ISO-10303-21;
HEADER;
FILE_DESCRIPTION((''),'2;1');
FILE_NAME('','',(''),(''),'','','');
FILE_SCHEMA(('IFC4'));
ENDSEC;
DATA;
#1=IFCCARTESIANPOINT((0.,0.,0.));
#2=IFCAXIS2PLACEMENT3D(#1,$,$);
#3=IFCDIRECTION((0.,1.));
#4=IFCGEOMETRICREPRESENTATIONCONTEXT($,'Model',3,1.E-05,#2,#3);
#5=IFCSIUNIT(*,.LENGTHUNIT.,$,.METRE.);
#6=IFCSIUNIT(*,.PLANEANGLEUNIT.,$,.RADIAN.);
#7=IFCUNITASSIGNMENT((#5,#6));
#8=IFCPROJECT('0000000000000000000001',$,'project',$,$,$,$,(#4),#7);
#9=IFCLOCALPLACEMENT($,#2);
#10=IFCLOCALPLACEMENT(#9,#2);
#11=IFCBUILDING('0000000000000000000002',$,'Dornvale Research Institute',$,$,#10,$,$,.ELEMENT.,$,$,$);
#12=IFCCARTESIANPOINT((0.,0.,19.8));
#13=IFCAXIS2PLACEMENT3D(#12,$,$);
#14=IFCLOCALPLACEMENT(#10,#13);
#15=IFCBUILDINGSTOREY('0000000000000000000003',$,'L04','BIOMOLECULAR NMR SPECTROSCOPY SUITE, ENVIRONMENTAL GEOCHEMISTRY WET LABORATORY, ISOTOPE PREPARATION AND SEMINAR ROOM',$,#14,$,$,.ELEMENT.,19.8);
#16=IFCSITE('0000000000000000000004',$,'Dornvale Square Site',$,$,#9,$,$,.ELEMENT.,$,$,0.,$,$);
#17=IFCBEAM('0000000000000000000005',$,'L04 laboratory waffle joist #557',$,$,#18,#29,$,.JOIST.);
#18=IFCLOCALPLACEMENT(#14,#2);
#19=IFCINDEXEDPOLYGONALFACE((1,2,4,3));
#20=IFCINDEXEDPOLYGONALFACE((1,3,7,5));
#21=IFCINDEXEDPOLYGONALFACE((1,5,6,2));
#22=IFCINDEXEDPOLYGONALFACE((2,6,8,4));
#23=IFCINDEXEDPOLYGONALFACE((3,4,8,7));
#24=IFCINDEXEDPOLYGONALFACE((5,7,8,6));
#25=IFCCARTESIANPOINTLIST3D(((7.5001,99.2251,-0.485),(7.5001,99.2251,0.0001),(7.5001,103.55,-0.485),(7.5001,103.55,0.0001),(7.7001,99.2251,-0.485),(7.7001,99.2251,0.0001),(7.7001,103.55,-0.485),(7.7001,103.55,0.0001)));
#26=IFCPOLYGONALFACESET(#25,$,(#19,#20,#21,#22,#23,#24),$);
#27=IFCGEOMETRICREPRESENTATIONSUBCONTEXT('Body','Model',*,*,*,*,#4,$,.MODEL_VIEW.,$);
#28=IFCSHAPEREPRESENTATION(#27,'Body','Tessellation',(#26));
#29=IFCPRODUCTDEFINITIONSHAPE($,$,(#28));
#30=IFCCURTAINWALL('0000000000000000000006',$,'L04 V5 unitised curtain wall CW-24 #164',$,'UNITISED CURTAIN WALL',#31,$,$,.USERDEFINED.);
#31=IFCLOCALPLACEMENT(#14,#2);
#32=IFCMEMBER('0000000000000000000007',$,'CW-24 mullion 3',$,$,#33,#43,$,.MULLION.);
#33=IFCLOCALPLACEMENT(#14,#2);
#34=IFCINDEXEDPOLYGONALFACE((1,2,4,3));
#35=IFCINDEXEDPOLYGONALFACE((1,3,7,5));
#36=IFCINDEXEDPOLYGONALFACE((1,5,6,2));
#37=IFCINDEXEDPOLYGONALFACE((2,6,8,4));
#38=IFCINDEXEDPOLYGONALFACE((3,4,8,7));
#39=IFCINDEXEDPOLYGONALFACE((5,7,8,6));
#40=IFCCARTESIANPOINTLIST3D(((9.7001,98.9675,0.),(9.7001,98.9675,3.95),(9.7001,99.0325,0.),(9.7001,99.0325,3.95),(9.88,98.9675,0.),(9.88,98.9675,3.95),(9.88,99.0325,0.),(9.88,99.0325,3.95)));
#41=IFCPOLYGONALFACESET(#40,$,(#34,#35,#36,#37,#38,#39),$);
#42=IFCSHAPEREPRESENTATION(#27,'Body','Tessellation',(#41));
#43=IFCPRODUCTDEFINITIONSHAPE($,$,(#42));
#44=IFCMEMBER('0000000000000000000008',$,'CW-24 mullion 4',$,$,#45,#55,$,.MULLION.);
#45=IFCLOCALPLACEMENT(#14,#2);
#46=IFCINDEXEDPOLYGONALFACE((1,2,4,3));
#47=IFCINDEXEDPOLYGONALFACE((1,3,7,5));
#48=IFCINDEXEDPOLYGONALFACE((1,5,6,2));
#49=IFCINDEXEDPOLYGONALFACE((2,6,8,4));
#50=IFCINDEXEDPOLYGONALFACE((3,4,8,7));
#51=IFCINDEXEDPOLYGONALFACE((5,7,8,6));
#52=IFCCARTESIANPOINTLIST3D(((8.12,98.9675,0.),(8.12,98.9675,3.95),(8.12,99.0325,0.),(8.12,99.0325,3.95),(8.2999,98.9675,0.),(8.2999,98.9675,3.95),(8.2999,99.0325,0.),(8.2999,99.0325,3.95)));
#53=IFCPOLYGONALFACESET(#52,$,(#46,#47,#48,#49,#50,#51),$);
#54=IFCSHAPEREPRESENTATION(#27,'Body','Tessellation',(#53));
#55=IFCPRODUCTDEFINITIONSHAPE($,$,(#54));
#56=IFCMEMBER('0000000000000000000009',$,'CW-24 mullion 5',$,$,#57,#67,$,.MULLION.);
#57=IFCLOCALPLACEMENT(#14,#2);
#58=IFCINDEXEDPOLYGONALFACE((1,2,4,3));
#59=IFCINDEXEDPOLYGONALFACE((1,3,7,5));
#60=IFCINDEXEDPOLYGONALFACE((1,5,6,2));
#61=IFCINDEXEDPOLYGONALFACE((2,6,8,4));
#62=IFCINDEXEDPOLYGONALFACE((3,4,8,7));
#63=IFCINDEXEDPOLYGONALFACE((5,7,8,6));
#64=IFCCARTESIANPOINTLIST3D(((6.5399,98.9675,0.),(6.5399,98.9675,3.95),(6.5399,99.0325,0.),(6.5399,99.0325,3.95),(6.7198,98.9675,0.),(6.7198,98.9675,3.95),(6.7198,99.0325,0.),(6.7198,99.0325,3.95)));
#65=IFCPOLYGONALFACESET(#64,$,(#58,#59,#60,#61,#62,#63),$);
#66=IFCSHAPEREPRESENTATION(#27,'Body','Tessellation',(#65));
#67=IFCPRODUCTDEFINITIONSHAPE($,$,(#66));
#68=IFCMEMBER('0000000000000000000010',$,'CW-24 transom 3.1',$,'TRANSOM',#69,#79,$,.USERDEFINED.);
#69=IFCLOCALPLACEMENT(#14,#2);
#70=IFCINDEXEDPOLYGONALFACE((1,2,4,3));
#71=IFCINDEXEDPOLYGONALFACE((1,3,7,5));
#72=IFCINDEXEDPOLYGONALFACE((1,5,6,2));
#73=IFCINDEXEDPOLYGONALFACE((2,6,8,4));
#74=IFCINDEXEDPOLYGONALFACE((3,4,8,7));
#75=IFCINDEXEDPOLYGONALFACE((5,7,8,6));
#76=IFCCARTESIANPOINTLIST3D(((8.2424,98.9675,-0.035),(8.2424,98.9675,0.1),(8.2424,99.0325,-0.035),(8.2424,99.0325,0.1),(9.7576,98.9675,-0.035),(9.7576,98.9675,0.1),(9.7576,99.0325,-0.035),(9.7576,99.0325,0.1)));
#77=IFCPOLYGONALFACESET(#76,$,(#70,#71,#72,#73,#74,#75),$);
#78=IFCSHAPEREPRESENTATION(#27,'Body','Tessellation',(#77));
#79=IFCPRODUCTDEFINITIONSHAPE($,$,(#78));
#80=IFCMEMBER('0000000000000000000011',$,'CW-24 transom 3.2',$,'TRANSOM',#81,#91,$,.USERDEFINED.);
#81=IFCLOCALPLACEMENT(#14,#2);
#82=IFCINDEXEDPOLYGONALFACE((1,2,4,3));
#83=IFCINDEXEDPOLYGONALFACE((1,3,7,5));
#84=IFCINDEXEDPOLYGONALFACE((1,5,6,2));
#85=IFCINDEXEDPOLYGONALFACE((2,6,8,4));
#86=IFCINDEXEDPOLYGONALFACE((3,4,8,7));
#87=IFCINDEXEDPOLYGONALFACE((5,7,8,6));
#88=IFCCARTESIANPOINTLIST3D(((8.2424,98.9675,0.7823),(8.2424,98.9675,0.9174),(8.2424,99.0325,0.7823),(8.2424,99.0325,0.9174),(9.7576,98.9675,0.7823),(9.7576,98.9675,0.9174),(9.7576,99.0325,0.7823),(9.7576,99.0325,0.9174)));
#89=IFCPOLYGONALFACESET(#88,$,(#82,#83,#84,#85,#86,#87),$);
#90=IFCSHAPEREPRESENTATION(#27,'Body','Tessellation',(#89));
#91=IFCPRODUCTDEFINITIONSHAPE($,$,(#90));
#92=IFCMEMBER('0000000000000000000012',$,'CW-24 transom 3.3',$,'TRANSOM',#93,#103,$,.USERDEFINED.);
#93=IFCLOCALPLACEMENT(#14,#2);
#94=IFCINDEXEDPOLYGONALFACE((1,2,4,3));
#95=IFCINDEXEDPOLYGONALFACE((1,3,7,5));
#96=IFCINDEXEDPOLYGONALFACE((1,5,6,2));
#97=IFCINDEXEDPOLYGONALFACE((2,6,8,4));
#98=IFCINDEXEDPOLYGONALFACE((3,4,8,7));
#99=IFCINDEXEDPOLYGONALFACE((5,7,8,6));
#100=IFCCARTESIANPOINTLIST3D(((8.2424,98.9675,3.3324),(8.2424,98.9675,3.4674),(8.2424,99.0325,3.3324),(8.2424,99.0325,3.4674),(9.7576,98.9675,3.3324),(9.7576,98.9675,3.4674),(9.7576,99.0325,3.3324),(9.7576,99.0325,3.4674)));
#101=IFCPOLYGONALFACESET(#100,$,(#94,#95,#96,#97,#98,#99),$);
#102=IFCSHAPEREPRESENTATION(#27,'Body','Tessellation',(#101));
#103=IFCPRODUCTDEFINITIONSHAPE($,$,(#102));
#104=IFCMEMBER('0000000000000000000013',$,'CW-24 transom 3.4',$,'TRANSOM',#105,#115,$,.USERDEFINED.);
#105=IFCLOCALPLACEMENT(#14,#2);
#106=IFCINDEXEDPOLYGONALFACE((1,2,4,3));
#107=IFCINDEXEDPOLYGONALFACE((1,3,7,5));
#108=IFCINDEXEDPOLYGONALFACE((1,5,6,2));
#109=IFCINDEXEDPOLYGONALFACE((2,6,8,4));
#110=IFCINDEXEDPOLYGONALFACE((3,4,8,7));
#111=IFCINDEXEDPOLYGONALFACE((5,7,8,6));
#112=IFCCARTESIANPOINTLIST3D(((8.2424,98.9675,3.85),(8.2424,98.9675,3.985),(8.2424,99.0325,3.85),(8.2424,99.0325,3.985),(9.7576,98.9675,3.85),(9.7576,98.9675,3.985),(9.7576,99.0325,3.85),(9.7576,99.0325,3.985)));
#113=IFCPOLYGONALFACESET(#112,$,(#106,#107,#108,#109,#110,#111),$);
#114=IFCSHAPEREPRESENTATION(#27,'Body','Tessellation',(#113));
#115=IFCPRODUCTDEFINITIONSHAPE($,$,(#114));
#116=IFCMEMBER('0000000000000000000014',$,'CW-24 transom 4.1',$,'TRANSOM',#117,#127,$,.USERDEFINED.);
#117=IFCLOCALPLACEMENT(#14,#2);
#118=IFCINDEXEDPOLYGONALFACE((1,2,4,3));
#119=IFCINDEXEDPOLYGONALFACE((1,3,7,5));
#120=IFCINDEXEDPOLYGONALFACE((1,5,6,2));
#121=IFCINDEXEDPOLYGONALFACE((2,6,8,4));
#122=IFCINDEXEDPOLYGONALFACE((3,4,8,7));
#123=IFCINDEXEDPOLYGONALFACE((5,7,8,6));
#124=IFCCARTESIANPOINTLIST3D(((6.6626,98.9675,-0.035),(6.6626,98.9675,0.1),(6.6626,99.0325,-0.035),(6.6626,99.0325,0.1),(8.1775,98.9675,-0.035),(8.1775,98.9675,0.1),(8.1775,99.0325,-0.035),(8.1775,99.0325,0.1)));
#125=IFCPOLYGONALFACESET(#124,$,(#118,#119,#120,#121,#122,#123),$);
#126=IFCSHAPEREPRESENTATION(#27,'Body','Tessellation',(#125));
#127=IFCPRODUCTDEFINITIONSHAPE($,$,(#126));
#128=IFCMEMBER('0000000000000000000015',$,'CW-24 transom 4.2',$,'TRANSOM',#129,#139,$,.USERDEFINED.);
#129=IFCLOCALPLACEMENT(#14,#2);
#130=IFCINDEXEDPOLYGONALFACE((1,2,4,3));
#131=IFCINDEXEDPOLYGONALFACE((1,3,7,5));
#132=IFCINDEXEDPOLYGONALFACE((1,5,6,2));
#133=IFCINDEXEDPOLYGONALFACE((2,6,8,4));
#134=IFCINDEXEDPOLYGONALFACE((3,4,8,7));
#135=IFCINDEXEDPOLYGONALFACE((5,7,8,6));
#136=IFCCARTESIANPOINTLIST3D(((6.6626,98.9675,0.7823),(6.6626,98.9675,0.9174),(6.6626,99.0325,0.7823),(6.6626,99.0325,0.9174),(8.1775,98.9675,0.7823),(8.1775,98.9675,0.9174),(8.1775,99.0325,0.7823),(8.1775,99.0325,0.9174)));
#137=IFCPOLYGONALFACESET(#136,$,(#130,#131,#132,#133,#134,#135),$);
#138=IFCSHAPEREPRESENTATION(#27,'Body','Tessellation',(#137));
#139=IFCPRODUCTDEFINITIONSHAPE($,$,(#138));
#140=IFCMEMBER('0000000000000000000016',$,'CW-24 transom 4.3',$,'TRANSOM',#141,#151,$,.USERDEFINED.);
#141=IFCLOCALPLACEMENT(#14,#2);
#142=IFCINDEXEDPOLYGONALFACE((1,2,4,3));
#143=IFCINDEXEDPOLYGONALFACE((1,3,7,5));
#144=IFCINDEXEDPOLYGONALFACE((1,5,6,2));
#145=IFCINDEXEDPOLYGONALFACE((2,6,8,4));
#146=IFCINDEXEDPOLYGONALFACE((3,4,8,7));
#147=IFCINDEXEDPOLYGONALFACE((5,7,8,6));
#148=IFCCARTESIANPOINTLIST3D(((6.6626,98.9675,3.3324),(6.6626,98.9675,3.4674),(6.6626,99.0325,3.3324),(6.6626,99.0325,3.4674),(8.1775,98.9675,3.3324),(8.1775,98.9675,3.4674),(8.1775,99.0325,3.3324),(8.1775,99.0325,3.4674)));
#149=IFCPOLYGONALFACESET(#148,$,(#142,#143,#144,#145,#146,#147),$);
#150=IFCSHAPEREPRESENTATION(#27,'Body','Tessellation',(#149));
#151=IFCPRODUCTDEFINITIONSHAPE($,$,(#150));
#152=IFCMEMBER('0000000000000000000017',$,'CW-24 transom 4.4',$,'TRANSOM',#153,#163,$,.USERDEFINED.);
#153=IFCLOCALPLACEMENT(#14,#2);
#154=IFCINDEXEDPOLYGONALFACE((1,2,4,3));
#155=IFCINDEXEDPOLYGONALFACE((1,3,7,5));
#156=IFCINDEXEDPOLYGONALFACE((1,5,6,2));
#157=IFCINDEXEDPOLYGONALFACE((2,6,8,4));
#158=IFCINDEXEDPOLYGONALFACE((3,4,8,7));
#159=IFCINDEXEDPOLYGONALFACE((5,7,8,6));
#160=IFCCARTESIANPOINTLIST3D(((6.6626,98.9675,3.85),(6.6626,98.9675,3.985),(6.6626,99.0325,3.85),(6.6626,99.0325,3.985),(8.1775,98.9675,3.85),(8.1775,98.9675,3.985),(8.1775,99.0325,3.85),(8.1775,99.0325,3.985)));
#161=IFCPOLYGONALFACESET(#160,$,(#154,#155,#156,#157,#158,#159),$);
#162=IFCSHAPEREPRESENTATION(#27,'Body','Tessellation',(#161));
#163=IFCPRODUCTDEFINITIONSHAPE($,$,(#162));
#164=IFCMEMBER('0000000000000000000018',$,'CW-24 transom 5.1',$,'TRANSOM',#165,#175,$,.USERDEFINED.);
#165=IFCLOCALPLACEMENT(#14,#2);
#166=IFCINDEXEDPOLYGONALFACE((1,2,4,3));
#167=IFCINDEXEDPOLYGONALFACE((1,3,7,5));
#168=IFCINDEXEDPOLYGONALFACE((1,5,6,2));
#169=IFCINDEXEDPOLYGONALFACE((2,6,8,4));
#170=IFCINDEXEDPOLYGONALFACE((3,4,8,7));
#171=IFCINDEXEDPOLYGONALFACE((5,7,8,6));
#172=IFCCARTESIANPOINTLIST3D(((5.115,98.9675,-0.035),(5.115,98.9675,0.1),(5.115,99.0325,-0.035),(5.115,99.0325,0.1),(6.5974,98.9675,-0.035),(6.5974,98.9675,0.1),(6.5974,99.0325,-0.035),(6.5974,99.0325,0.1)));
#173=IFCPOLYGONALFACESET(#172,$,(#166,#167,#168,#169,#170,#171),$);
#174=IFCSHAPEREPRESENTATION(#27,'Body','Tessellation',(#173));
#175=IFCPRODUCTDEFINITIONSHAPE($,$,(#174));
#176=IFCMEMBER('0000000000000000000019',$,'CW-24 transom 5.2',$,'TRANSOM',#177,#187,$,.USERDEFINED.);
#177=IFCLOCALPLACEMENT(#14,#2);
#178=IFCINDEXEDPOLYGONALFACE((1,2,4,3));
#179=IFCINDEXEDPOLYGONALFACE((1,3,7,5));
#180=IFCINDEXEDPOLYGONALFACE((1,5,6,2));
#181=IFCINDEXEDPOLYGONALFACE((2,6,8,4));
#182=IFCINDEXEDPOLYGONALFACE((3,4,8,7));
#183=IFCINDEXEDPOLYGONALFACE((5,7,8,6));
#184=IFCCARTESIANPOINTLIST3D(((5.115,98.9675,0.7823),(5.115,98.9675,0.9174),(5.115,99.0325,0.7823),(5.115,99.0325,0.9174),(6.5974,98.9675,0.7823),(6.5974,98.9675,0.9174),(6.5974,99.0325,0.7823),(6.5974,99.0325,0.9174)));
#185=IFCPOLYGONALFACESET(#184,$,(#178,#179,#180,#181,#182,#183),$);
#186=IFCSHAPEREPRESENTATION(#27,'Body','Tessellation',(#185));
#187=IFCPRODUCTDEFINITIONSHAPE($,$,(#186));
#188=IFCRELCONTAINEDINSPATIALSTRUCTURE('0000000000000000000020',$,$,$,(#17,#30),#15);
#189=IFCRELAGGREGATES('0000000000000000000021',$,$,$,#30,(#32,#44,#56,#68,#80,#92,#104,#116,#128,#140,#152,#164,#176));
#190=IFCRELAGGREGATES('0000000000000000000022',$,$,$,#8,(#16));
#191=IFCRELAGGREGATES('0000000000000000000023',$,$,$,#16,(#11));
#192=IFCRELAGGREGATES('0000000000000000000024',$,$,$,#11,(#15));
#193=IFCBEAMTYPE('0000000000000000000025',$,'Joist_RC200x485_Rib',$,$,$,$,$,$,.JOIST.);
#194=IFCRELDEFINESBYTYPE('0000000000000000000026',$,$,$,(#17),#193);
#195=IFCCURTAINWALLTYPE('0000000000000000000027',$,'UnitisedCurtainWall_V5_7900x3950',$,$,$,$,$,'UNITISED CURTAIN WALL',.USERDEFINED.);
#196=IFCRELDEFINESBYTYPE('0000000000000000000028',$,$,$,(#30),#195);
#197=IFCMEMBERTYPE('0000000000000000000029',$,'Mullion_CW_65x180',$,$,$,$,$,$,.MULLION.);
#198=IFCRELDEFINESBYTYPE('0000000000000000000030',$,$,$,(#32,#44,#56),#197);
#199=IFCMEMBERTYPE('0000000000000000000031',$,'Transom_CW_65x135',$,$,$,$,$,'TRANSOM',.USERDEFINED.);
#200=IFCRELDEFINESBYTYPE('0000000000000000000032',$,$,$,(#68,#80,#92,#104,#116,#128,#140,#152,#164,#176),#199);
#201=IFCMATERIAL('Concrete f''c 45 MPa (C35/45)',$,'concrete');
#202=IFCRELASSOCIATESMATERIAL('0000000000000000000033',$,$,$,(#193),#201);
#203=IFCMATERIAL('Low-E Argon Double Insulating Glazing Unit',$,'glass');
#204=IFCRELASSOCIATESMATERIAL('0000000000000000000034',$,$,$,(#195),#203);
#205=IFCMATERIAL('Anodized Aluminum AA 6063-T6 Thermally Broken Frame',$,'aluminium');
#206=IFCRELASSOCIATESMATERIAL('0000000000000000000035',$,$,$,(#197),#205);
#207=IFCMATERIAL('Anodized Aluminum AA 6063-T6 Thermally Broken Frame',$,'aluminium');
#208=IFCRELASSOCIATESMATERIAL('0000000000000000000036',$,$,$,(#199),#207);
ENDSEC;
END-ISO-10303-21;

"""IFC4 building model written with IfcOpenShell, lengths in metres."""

from ifc_helpers import new_model, si_unit, direction, frame, origin, origin_2d, place, context, subcontext, project, spatial, rectangle, extrude, material, material_profile, profile_set, type_object, element, aggregate, save


model = new_model("IFC4")

# Units and contexts
model_context = context("Model", 3, precision=1e-05, world=origin(), true_north=direction((0.0, 1.0)))
body_context = subcontext(model_context, "Body", "Model", "MODEL_VIEW")
ifc_project = project(units=[si_unit("LENGTHUNIT", "METRE"), si_unit("PLANEANGLEUNIT", "RADIAN")], contexts=[model_context])

# Site, building, storey
site_placement = place(None, origin())
site = spatial("IfcSite", under=ifc_project, at=site_placement, Name="Dornvale Square Site", CompositionType="ELEMENT", RefElevation=0.0)
building_placement = place(site_placement, origin())
building = spatial("IfcBuilding", under=site, at=building_placement, Name="Dornvale Research Institute", CompositionType="ELEMENT")
storey_placement = place(building_placement, frame((0.0, 0.0, 19.8)))
storey = spatial("IfcBuildingStorey", under=building, at=storey_placement, Name="L04", Description="BIOMOLECULAR NMR SPECTROSCOPY SUITE, ENVIRONMENTAL GEOCHEMISTRY WET LABORATORY, ISOTOPE PREPARATION AND SEMINAR ROOM", CompositionType="ELEMENT", Elevation=19.8)

# Beam
ifc_material_1 = material(Name="Concrete f'c 45 MPa (C35/45)", Category="concrete")
ifc_material_profile_1 = material_profile(ifc_material_1, rectangle(XDim=0.2, YDim=0.4851, at=origin_2d()), Name="RC 200x485")
ifc_profile_set_1 = profile_set([ifc_material_profile_1], Name="Concrete f'c 45 MPa (C35/45)")
beam_type = type_object("IfcBeamType", Name="Joist_RC200x485_Rib", PredefinedType="JOIST", material=ifc_profile_set_1)
beam_placement = place(storey_placement, frame((7.6001, 99.2251, -0.2424), z_axis=(0.0, 1.0, 0.0), x_axis=(-1.0, 0.0, 0.0)))
element("IfcBeam", 1, at=beam_placement, inside=storey, type_object=beam_type, Name="L04 laboratory waffle joist #557", PredefinedType="JOIST", context=body_context, shape_type="SweptSolid", body=[
    extrude(rectangle(XDim=0.2, YDim=0.4851, at=origin_2d()), origin(), (0.0, 0.0, 1.0), 4.325),
])

# Curtain wall, members
ifc_material_2 = material(Name="Low-E Argon Double Insulating Glazing Unit", Category="glass")
curtain_wall_type = type_object("IfcCurtainWallType", Name="UnitisedCurtainWall_V5_7900x3950", ElementType="UNITISED CURTAIN WALL", PredefinedType="USERDEFINED", material=ifc_material_2)
curtain_wall_placement = place(storey_placement, origin())
curtain_wall = element("IfcCurtainWall", 2, at=curtain_wall_placement, inside=storey, type_object=curtain_wall_type, Name="L04 V5 unitised curtain wall CW-24 #164", ObjectType="UNITISED CURTAIN WALL", PredefinedType="USERDEFINED")
ifc_material_3 = material(Name="Anodized Aluminum AA 6063-T6 Thermally Broken Frame", Category="aluminium")
ifc_material_profile_2 = material_profile(ifc_material_3, rectangle(XDim=0.0649, YDim=0.1799, at=origin_2d()), Name="ALU MULLION 65x180")
ifc_profile_set_2 = profile_set([ifc_material_profile_2], Name="Anodized Aluminum AA 6063-T6 Thermally Broken Frame")
member_type_1 = type_object("IfcMemberType", Name="Mullion_CW_65x180", PredefinedType="MULLION", material=ifc_profile_set_2)
member_1_placement = place(storey_placement, frame((9.79, 99.0, 0.0), z_axis=(0.0, 0.0, 1.0), x_axis=(0.0, -1.0, 0.0)))
member_1 = element("IfcMember", 3, at=member_1_placement, type_object=member_type_1, Name="CW-24 mullion 3", PredefinedType="MULLION", context=body_context, shape_type="SweptSolid", body=[
    extrude(rectangle(XDim=0.0649, YDim=0.1799, at=origin_2d()), origin(), (0.0, 0.0, 1.0), 3.95),
])
member_2_placement = place(storey_placement, frame((8.21, 99.0, 0.0), z_axis=(0.0, 0.0, 1.0), x_axis=(0.0, -1.0, 0.0)))
member_2 = element("IfcMember", 4, at=member_2_placement, type_object=member_type_1, Name="CW-24 mullion 4", PredefinedType="MULLION", context=body_context, shape_type="SweptSolid", body=[
    extrude(rectangle(XDim=0.0649, YDim=0.1799, at=origin_2d()), origin(), (0.0, 0.0, 1.0), 3.95),
])
member_3_placement = place(storey_placement, frame((6.6299, 99.0, 0.0), z_axis=(0.0, 0.0, 1.0), x_axis=(0.0, -1.0, 0.0)))
member_3 = element("IfcMember", 5, at=member_3_placement, type_object=member_type_1, Name="CW-24 mullion 5", PredefinedType="MULLION", context=body_context, shape_type="SweptSolid", body=[
    extrude(rectangle(XDim=0.0649, YDim=0.1799, at=origin_2d()), origin(), (0.0, 0.0, 1.0), 3.95),
])
ifc_material_4 = material(Name="Anodized Aluminum AA 6063-T6 Thermally Broken Frame", Category="aluminium")
ifc_material_profile_3 = material_profile(ifc_material_4, rectangle(XDim=0.0649, YDim=0.135, at=origin_2d()), Name="ALU TRANSOM 65x135")
ifc_profile_set_3 = profile_set([ifc_material_profile_3], Name="Anodized Aluminum AA 6063-T6 Thermally Broken Frame")
member_type_2 = type_object("IfcMemberType", Name="Transom_CW_65x135", ElementType="TRANSOM", PredefinedType="USERDEFINED", material=ifc_profile_set_3)
member_4_placement = place(storey_placement, frame((9.7576, 99.0, 0.0325), z_axis=(-1.0, 0.0, 0.0), x_axis=(0.0, -1.0, 0.0)))
member_4 = element("IfcMember", 6, at=member_4_placement, type_object=member_type_2, Name="CW-24 transom 3.1", ObjectType="TRANSOM", PredefinedType="USERDEFINED", context=body_context, shape_type="SweptSolid", body=[
    extrude(rectangle(XDim=0.0649, YDim=0.135, at=origin_2d()), origin(), (0.0, 0.0, 1.0), 1.5151),
])
member_5_placement = place(storey_placement, frame((9.7576, 99.0, 0.8499), z_axis=(-1.0, 0.0, 0.0), x_axis=(0.0, -1.0, 0.0)))
member_5 = element("IfcMember", 7, at=member_5_placement, type_object=member_type_2, Name="CW-24 transom 3.2", ObjectType="TRANSOM", PredefinedType="USERDEFINED", context=body_context, shape_type="SweptSolid", body=[
    extrude(rectangle(XDim=0.0649, YDim=0.135, at=origin_2d()), origin(), (0.0, 0.0, 1.0), 1.5151),
])
member_6_placement = place(storey_placement, frame((9.7576, 99.0, 3.3999), z_axis=(-1.0, 0.0, 0.0), x_axis=(0.0, -1.0, 0.0)))
member_6 = element("IfcMember", 8, at=member_6_placement, type_object=member_type_2, Name="CW-24 transom 3.3", ObjectType="TRANSOM", PredefinedType="USERDEFINED", context=body_context, shape_type="SweptSolid", body=[
    extrude(rectangle(XDim=0.0649, YDim=0.135, at=origin_2d()), origin(), (0.0, 0.0, 1.0), 1.5151),
])
member_7_placement = place(storey_placement, frame((9.7576, 99.0, 3.9175), z_axis=(-1.0, 0.0, 0.0), x_axis=(0.0, -1.0, 0.0)))
member_7 = element("IfcMember", 9, at=member_7_placement, type_object=member_type_2, Name="CW-24 transom 3.4", ObjectType="TRANSOM", PredefinedType="USERDEFINED", context=body_context, shape_type="SweptSolid", body=[
    extrude(rectangle(XDim=0.0649, YDim=0.135, at=origin_2d()), origin(), (0.0, 0.0, 1.0), 1.5151),
])
member_8_placement = place(storey_placement, frame((8.1775, 99.0, 0.0325), z_axis=(-1.0, 0.0, 0.0), x_axis=(0.0, -1.0, 0.0)))
member_8 = element("IfcMember", 10, at=member_8_placement, type_object=member_type_2, Name="CW-24 transom 4.1", ObjectType="TRANSOM", PredefinedType="USERDEFINED", context=body_context, shape_type="SweptSolid", body=[
    extrude(rectangle(XDim=0.0649, YDim=0.135, at=origin_2d()), origin(), (0.0, 0.0, 1.0), 1.5149),
])
member_9_placement = place(storey_placement, frame((8.1775, 99.0, 0.8499), z_axis=(-1.0, 0.0, 0.0), x_axis=(0.0, -1.0, 0.0)))
member_9 = element("IfcMember", 11, at=member_9_placement, type_object=member_type_2, Name="CW-24 transom 4.2", ObjectType="TRANSOM", PredefinedType="USERDEFINED", context=body_context, shape_type="SweptSolid", body=[
    extrude(rectangle(XDim=0.0649, YDim=0.135, at=origin_2d()), origin(), (0.0, 0.0, 1.0), 1.5149),
])
member_10_placement = place(storey_placement, frame((8.1775, 99.0, 3.3999), z_axis=(-1.0, 0.0, 0.0), x_axis=(0.0, -1.0, 0.0)))
member_10 = element("IfcMember", 12, at=member_10_placement, type_object=member_type_2, Name="CW-24 transom 4.3", ObjectType="TRANSOM", PredefinedType="USERDEFINED", context=body_context, shape_type="SweptSolid", body=[
    extrude(rectangle(XDim=0.0649, YDim=0.135, at=origin_2d()), origin(), (0.0, 0.0, 1.0), 1.5149),
])
member_11_placement = place(storey_placement, frame((8.1775, 99.0, 3.9175), z_axis=(-1.0, 0.0, 0.0), x_axis=(0.0, -1.0, 0.0)))
member_11 = element("IfcMember", 13, at=member_11_placement, type_object=member_type_2, Name="CW-24 transom 4.4", ObjectType="TRANSOM", PredefinedType="USERDEFINED", context=body_context, shape_type="SweptSolid", body=[
    extrude(rectangle(XDim=0.0649, YDim=0.135, at=origin_2d()), origin(), (0.0, 0.0, 1.0), 1.5149),
])
member_12_placement = place(storey_placement, frame((6.5974, 99.0, 0.0325), z_axis=(-1.0, 0.0, 0.0), x_axis=(0.0, -1.0, 0.0)))
member_12 = element("IfcMember", 14, at=member_12_placement, type_object=member_type_2, Name="CW-24 transom 5.1", ObjectType="TRANSOM", PredefinedType="USERDEFINED", context=body_context, shape_type="SweptSolid", body=[
    extrude(rectangle(XDim=0.0649, YDim=0.135, at=origin_2d()), origin(), (0.0, 0.0, 1.0), 1.4824),
])
member_13_placement = place(storey_placement, frame((6.5974, 99.0, 0.8499), z_axis=(-1.0, 0.0, 0.0), x_axis=(0.0, -1.0, 0.0)))
member_13 = element("IfcMember", 15, at=member_13_placement, type_object=member_type_2, Name="CW-24 transom 5.2", ObjectType="TRANSOM", PredefinedType="USERDEFINED", context=body_context, shape_type="SweptSolid", body=[
    extrude(rectangle(XDim=0.0649, YDim=0.135, at=origin_2d()), origin(), (0.0, 0.0, 1.0), 1.4824),
])
aggregate(curtain_wall, [member_1, member_2, member_3, member_4, member_5, member_6, member_7, member_8, member_9, member_10, member_11, member_12, member_13])

save(model, "model.ifc")
